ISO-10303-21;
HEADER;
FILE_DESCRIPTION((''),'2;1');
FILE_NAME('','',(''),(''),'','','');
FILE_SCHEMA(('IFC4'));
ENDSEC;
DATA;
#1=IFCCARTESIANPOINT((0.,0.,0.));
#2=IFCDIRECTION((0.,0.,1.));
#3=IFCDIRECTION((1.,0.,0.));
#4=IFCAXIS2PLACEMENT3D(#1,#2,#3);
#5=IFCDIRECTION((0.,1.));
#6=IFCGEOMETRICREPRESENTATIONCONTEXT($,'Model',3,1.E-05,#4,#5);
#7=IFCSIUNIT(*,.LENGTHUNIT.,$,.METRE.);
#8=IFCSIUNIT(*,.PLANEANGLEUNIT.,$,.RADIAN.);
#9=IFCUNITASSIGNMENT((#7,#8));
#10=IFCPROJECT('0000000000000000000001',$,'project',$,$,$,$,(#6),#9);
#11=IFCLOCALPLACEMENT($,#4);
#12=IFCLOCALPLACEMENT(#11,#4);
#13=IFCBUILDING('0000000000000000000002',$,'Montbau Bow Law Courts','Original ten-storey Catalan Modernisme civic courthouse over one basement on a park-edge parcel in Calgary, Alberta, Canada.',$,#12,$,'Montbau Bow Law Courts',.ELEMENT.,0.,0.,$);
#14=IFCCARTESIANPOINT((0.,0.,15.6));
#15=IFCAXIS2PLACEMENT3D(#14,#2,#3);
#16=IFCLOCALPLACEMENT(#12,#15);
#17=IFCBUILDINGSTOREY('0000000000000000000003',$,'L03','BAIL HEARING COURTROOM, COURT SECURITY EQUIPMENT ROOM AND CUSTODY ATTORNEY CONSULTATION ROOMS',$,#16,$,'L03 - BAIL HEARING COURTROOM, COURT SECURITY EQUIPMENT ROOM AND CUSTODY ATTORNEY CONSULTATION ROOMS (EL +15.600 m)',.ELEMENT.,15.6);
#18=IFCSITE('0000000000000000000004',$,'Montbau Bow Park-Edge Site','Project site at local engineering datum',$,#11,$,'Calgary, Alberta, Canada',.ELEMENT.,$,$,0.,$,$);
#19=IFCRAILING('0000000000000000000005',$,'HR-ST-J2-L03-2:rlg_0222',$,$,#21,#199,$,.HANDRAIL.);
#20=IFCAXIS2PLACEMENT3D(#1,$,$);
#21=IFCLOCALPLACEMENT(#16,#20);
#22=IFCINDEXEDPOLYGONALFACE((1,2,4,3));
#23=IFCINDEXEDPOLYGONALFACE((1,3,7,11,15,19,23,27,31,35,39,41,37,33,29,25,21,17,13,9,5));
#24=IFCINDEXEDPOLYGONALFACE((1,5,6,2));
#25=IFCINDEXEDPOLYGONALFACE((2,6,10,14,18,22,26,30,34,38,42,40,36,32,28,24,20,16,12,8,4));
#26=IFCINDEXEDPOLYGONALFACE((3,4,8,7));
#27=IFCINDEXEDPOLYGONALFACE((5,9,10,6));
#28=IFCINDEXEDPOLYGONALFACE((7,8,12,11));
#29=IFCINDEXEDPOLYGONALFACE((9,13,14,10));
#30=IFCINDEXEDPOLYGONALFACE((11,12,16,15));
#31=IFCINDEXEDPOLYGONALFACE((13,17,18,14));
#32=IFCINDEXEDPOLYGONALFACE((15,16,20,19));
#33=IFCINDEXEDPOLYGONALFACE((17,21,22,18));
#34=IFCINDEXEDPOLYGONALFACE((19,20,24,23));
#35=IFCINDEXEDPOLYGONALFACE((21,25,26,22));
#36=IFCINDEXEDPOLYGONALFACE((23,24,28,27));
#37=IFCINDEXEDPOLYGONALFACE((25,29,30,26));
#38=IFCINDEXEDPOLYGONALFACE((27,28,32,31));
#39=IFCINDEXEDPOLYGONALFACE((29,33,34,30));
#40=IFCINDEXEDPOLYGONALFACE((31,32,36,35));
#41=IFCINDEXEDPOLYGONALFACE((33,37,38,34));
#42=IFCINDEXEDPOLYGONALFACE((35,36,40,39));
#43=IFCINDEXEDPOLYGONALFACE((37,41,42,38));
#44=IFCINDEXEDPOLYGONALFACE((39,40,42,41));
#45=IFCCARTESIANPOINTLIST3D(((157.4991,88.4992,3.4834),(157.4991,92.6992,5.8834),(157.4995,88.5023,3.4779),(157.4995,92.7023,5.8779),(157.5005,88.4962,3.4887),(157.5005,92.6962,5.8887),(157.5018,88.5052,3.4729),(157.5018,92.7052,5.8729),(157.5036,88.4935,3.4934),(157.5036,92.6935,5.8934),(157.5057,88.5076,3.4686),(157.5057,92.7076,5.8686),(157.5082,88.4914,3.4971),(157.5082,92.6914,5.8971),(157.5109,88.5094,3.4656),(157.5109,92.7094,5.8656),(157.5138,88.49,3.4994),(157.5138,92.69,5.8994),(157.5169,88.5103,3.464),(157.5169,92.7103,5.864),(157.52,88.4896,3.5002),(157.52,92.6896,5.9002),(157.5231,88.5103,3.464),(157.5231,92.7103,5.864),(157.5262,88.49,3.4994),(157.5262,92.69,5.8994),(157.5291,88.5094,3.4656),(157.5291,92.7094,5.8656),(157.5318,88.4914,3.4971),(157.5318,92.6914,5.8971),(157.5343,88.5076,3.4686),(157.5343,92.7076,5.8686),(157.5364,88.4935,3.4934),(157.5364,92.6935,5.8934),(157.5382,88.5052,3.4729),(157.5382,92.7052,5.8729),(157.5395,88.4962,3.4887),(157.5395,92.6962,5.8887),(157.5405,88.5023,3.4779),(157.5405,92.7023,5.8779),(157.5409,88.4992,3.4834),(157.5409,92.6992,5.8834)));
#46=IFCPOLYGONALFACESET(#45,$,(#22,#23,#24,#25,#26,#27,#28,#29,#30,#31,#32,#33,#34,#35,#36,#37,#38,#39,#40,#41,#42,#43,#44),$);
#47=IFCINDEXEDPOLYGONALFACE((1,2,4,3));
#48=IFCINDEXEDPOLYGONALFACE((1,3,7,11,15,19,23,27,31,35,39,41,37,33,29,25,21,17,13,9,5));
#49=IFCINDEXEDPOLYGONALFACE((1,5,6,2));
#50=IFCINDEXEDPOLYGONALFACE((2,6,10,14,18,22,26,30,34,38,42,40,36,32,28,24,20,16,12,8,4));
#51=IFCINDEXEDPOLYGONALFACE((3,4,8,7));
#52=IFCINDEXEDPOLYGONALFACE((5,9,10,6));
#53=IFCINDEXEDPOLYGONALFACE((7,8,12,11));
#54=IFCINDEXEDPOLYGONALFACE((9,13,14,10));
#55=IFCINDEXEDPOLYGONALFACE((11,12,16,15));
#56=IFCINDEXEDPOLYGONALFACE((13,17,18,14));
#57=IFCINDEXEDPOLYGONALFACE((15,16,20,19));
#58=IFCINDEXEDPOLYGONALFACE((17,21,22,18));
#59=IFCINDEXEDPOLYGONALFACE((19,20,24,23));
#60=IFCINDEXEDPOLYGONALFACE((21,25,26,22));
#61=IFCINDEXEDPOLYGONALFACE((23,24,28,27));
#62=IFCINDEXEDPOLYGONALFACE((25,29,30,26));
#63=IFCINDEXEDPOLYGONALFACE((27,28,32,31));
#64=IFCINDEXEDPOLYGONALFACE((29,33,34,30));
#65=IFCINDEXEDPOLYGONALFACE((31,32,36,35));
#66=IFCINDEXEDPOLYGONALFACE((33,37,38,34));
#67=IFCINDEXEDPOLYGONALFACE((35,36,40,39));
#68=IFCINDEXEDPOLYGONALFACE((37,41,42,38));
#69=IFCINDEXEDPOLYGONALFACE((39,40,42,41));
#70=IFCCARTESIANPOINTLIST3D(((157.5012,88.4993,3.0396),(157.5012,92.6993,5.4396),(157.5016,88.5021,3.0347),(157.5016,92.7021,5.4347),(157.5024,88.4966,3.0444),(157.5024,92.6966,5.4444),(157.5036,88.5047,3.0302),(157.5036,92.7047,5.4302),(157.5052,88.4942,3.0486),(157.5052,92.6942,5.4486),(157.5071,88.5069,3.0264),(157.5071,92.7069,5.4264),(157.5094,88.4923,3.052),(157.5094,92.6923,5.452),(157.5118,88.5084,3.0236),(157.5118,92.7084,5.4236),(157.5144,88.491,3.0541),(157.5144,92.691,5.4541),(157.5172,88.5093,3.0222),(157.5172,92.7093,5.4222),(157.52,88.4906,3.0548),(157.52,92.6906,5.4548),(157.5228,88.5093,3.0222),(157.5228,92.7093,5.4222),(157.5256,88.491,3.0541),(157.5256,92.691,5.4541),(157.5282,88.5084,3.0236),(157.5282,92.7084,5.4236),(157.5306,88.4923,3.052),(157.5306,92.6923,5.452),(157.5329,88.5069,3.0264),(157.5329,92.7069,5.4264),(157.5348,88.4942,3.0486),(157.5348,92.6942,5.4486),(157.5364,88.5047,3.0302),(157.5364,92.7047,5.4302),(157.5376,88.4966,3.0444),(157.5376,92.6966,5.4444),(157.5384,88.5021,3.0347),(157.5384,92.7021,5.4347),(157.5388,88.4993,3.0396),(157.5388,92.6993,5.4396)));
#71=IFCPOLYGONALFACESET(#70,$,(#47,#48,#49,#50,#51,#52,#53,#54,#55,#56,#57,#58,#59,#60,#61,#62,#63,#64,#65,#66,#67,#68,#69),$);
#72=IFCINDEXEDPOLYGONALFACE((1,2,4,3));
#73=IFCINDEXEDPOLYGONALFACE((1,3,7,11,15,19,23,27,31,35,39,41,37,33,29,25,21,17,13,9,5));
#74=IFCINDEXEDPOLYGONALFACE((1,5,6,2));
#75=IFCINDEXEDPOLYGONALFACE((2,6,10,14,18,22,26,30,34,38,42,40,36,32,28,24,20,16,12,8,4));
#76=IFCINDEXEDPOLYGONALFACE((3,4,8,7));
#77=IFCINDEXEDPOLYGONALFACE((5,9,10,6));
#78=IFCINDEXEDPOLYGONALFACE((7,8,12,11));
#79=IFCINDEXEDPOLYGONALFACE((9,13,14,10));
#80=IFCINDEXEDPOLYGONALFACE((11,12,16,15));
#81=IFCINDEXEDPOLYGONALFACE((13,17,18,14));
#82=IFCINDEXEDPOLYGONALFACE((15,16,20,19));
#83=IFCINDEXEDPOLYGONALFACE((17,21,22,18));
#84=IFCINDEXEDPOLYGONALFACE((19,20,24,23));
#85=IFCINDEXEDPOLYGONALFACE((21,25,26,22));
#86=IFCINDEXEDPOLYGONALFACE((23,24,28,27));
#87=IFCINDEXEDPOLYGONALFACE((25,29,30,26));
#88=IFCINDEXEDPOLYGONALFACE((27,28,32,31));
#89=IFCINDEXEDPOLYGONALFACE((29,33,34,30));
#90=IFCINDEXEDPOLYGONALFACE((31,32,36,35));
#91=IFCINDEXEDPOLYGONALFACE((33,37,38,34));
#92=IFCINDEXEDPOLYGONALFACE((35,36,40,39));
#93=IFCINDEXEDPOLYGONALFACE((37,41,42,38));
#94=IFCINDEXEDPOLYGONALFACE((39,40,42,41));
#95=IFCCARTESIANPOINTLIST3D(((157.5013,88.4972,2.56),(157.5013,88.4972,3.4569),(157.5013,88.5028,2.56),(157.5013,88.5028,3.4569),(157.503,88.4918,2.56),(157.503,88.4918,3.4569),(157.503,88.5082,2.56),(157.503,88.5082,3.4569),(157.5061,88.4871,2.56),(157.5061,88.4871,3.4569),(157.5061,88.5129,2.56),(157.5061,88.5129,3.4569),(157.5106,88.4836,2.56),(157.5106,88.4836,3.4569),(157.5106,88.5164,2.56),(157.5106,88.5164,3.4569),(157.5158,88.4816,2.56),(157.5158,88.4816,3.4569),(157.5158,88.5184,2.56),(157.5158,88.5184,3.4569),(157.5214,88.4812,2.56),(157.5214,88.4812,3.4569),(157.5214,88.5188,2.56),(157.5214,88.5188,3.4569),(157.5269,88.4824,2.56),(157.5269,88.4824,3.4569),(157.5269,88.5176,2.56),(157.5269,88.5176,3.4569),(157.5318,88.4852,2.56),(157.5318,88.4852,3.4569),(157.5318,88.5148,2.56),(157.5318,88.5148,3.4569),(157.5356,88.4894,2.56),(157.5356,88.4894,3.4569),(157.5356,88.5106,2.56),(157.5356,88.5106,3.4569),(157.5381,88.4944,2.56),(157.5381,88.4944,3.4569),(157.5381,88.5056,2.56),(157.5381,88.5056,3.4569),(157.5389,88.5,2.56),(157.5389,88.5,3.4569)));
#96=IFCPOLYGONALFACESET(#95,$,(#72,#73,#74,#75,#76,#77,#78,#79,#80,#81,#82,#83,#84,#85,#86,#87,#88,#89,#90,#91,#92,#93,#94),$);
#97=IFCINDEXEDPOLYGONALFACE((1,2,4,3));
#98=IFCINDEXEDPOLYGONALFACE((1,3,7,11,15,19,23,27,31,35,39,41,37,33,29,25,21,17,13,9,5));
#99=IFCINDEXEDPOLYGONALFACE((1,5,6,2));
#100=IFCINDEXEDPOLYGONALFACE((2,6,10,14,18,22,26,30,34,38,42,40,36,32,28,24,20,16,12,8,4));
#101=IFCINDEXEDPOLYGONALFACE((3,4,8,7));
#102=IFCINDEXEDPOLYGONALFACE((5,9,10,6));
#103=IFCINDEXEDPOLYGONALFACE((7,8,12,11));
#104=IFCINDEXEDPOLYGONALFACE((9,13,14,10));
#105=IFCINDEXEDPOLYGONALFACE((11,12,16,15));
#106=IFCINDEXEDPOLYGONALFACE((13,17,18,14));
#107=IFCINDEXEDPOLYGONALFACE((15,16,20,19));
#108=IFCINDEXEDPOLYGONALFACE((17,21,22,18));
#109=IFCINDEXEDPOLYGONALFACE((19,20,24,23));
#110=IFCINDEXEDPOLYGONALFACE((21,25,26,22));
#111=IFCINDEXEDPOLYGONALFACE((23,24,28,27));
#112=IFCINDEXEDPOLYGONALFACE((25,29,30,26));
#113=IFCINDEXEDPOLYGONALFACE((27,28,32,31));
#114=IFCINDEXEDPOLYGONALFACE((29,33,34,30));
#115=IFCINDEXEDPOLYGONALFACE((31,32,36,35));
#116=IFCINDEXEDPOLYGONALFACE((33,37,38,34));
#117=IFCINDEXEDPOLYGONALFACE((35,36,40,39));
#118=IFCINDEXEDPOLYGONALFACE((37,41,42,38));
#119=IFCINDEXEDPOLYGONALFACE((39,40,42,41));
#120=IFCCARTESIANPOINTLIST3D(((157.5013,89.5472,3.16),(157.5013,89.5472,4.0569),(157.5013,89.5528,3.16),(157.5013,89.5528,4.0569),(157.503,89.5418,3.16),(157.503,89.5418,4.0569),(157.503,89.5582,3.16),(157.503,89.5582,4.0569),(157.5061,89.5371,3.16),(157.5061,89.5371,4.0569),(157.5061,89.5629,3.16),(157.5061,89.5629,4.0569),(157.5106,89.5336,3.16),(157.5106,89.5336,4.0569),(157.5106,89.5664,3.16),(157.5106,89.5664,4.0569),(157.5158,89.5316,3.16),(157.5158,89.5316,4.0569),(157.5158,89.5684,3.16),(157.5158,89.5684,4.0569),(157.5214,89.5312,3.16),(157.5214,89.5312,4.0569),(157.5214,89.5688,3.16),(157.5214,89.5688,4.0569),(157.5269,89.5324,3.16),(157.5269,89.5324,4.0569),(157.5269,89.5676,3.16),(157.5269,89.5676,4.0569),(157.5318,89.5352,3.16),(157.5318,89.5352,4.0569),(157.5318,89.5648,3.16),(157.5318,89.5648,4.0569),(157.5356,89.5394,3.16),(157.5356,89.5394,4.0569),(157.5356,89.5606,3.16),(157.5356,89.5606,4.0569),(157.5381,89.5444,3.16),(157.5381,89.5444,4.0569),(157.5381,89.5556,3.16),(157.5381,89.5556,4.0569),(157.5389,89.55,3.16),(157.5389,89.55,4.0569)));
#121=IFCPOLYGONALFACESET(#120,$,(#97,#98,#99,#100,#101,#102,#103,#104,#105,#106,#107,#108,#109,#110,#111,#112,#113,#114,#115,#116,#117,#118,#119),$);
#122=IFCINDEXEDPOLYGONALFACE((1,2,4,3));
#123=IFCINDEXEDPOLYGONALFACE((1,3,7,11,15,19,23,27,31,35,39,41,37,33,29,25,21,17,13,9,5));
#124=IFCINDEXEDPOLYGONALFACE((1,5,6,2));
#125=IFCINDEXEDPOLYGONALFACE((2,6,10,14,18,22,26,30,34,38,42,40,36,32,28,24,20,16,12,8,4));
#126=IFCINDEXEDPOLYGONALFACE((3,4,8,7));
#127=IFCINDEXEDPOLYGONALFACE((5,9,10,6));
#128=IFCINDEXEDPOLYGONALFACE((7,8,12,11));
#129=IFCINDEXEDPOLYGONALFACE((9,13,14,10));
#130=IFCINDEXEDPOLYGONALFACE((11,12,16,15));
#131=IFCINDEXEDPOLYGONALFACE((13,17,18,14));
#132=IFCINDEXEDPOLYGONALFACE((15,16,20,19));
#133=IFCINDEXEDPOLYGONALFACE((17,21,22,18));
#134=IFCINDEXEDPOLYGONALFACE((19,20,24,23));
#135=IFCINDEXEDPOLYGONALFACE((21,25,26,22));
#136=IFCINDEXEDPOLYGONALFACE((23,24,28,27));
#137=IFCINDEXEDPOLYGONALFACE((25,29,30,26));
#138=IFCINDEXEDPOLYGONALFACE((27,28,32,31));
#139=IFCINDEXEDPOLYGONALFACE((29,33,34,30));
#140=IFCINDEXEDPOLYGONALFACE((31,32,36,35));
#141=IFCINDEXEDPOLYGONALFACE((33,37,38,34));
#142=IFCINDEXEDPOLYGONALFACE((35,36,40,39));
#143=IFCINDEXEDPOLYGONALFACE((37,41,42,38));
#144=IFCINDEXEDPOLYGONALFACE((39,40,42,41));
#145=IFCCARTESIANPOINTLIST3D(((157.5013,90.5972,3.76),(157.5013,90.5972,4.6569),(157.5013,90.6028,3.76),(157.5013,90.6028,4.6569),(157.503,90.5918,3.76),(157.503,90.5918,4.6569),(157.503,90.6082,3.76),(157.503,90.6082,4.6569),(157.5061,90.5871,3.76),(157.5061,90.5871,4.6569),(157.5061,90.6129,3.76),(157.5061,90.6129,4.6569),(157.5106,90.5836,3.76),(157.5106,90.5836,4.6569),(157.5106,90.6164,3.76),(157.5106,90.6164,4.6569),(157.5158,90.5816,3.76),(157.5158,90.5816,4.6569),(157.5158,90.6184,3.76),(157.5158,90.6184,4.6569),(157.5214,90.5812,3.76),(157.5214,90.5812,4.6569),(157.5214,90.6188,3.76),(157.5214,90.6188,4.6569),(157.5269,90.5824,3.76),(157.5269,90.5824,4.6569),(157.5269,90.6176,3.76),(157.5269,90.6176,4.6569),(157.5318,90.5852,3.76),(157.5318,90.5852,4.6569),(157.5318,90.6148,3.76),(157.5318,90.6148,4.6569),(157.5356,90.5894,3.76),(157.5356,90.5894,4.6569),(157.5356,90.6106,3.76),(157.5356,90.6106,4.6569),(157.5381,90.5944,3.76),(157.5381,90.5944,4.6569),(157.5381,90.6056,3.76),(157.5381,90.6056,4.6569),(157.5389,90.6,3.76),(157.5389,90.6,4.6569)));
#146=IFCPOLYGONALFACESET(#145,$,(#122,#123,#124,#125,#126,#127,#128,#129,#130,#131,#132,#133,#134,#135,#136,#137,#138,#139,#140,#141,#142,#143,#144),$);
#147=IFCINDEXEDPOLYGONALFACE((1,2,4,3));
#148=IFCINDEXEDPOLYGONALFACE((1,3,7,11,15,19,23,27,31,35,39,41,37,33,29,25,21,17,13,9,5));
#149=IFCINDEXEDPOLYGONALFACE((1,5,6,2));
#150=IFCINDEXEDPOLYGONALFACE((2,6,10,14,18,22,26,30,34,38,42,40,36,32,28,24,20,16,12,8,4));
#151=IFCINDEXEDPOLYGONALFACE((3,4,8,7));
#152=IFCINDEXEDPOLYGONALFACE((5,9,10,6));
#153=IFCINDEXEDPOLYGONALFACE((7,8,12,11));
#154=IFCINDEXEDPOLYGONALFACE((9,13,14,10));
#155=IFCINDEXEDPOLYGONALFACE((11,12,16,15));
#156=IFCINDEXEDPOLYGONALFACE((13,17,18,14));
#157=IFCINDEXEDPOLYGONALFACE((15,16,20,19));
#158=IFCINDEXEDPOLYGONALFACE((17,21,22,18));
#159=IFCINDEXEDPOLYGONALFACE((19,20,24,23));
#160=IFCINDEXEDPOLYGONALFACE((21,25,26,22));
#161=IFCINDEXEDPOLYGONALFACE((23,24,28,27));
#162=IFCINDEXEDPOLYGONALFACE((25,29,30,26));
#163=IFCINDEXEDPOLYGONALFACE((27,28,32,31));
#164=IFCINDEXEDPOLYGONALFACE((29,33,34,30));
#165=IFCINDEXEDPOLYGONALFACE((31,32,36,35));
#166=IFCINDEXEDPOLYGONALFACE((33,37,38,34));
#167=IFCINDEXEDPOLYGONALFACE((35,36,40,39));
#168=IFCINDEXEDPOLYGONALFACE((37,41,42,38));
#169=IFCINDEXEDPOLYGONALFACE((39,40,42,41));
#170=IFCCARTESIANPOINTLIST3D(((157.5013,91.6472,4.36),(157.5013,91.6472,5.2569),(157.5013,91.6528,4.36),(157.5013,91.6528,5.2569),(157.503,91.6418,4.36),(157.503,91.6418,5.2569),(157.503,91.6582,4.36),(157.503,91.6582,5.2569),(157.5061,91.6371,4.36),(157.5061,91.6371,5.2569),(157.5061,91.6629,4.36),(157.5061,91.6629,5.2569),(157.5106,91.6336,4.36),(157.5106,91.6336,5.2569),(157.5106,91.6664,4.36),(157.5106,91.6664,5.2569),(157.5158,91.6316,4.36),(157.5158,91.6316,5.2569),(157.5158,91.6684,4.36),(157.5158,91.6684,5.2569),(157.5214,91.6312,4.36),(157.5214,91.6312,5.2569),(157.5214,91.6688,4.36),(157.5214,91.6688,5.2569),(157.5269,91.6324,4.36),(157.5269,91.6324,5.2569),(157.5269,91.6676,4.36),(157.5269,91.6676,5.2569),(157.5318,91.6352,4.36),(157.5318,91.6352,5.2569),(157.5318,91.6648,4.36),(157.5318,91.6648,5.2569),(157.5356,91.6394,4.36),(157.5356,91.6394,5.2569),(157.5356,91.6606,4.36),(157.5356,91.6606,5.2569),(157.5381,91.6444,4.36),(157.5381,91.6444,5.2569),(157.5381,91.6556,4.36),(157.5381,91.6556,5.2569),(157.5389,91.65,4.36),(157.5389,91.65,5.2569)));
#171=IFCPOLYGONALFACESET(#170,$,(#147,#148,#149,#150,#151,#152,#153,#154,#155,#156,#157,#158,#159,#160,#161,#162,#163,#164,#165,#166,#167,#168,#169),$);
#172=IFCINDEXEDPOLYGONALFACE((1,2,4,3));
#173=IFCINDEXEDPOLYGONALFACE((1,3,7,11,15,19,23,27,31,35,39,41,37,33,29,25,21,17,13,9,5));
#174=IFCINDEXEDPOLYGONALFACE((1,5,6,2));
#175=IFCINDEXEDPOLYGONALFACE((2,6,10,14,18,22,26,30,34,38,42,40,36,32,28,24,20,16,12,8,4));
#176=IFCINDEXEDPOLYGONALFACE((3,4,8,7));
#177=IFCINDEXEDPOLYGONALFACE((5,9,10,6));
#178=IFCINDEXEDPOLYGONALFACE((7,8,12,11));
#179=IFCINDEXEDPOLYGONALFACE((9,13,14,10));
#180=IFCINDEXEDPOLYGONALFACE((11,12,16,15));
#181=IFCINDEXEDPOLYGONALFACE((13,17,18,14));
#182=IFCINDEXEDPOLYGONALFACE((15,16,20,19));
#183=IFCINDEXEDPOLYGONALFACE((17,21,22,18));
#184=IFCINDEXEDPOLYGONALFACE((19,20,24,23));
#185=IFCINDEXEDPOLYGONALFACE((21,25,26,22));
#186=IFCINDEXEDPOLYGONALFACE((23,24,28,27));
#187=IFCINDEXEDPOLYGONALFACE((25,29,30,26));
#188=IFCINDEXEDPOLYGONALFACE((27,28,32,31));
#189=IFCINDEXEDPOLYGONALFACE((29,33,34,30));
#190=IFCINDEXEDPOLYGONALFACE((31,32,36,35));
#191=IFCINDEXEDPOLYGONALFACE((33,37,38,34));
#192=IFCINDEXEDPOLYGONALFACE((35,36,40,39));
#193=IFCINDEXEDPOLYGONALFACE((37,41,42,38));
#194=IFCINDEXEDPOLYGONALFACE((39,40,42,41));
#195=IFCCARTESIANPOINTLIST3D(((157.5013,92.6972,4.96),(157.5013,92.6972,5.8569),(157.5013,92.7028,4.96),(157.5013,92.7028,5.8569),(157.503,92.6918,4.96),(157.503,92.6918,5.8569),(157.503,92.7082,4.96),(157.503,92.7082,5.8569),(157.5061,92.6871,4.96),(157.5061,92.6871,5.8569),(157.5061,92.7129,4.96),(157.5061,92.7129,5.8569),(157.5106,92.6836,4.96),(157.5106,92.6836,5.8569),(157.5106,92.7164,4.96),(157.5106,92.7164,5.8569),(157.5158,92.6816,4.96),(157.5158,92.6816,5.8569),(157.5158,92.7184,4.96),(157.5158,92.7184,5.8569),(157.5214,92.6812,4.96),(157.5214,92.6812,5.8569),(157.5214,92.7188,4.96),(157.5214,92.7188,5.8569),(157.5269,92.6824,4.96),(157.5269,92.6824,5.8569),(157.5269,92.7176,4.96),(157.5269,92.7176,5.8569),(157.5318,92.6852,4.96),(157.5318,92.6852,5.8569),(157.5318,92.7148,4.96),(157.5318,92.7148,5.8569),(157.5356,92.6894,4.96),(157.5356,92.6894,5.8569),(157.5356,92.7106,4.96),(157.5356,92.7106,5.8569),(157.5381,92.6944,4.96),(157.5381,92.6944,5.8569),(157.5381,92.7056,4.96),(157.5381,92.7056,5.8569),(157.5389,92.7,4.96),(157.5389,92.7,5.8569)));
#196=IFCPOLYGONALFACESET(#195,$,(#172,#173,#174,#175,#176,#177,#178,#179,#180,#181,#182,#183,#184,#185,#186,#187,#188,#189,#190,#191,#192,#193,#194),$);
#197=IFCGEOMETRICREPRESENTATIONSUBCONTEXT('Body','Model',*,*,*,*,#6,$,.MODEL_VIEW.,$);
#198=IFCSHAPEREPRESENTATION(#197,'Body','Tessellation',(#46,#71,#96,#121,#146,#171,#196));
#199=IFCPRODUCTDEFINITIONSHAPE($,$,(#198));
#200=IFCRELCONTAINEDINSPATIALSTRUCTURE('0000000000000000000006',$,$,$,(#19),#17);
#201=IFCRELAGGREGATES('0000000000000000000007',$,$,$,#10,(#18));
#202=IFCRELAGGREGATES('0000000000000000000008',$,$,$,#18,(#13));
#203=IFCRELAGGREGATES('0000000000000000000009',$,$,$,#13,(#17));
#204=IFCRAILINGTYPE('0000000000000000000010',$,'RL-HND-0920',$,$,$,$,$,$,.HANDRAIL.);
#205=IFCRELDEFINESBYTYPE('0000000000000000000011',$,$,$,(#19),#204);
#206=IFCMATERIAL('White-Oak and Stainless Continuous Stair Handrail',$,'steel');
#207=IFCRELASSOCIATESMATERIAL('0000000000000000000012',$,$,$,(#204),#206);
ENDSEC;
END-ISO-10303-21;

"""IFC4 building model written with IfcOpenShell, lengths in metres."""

from ifc_helpers import new_model, si_unit, direction, frame, origin_with_axes, origin_2d_with_axis, place, context, subcontext, project, spatial, circle, extrude, material, type_object, element, save


model = new_model("IFC4")

# Units and contexts
model_context = context("Model", 3, precision=1e-05, world=origin_with_axes(), true_north=direction((0.0, 1.0)))
body_context = subcontext(model_context, "Body", "Model", "MODEL_VIEW")
ifc_project = project(units=[si_unit("LENGTHUNIT", "METRE"), si_unit("PLANEANGLEUNIT", "RADIAN")], contexts=[model_context])

# Site, building, storey
site_placement = place(None, origin_with_axes())
site = spatial("IfcSite", under=ifc_project, at=site_placement, Name="Montbau Bow Park-Edge Site", Description="Project site at local engineering datum", LongName="Calgary, Alberta, Canada", CompositionType="ELEMENT", RefElevation=0.0)
building_placement = place(site_placement, origin_with_axes())
building = spatial("IfcBuilding", under=site, at=building_placement, Name="Montbau Bow Law Courts", Description="Original ten-storey Catalan Modernisme civic courthouse over one basement on a park-edge parcel in Calgary, Alberta, Canada.", LongName="Montbau Bow Law Courts", CompositionType="ELEMENT", ElevationOfRefHeight=0.0, ElevationOfTerrain=0.0)
storey_placement = place(building_placement, frame((0.0, 0.0, 15.6), z_axis=(0.0, 0.0, 1.0), x_axis=(1.0, 0.0, 0.0)))
storey = spatial("IfcBuildingStorey", under=building, at=storey_placement, Name="L03", Description="BAIL HEARING COURTROOM, COURT SECURITY EQUIPMENT ROOM AND CUSTODY ATTORNEY CONSULTATION ROOMS", LongName="L03 - BAIL HEARING COURTROOM, COURT SECURITY EQUIPMENT ROOM AND CUSTODY ATTORNEY CONSULTATION ROOMS (EL +15.600 m)", CompositionType="ELEMENT", Elevation=15.6)

# Railing
ifc_material_1 = material(Name="White-Oak and Stainless Continuous Stair Handrail", Category="steel")
railing_type_1 = type_object("IfcRailingType", Name="RL-HND-0920", PredefinedType="HANDRAIL", material=ifc_material_1)
railing_1_placement = place(None, origin_with_axes())
element("IfcRailing", 1, at=railing_1_placement, inside=storey, type_object=railing_type_1, Name="HR-ST-J2-L03-2:rlg_0222", PredefinedType="HANDRAIL", context=body_context, shape_type="SweptSolid", body=[
    extrude(circle(Radius=0.021, at=origin_2d_with_axis()), frame((157.52, 88.5, 19.082), z_axis=(0.0, 0.868243, 0.496139), x_axis=(0.0, -0.496139, 0.868243)), (0.0, 0.0, 1.0), 4.8374),
    extrude(circle(Radius=0.0189, at=origin_2d_with_axis()), frame((157.52, 88.5, 18.6384), z_axis=(0.0, 0.868243, 0.496139), x_axis=(0.0, -0.496139, 0.868243)), (0.0, 0.0, 1.0), 4.8374),
    extrude(circle(Radius=0.0189, at=origin_2d_with_axis()), frame((157.52, 88.5, 18.16), z_axis=(0.0, 0.0, 1.0), x_axis=(1.0, 0.0, 0.0)), (0.0, 0.0, 1.0), 0.8969),
    extrude(circle(Radius=0.0189, at=origin_2d_with_axis()), frame((157.52, 89.55, 18.76), z_axis=(0.0, 0.0, 1.0), x_axis=(1.0, 0.0, 0.0)), (0.0, 0.0, 1.0), 0.8969),
    extrude(circle(Radius=0.0189, at=origin_2d_with_axis()), frame((157.52, 90.6, 19.36), z_axis=(0.0, 0.0, 1.0), x_axis=(1.0, 0.0, 0.0)), (0.0, 0.0, 1.0), 0.8969),
    extrude(circle(Radius=0.0189, at=origin_2d_with_axis()), frame((157.52, 91.65, 19.96), z_axis=(0.0, 0.0, 1.0), x_axis=(1.0, 0.0, 0.0)), (0.0, 0.0, 1.0), 0.8969),
    extrude(circle(Radius=0.0189, at=origin_2d_with_axis()), frame((157.52, 92.7, 20.56), z_axis=(0.0, 0.0, 1.0), x_axis=(1.0, 0.0, 0.0)), (0.0, 0.0, 1.0), 0.8969),
])

save(model, "model.ifc")
